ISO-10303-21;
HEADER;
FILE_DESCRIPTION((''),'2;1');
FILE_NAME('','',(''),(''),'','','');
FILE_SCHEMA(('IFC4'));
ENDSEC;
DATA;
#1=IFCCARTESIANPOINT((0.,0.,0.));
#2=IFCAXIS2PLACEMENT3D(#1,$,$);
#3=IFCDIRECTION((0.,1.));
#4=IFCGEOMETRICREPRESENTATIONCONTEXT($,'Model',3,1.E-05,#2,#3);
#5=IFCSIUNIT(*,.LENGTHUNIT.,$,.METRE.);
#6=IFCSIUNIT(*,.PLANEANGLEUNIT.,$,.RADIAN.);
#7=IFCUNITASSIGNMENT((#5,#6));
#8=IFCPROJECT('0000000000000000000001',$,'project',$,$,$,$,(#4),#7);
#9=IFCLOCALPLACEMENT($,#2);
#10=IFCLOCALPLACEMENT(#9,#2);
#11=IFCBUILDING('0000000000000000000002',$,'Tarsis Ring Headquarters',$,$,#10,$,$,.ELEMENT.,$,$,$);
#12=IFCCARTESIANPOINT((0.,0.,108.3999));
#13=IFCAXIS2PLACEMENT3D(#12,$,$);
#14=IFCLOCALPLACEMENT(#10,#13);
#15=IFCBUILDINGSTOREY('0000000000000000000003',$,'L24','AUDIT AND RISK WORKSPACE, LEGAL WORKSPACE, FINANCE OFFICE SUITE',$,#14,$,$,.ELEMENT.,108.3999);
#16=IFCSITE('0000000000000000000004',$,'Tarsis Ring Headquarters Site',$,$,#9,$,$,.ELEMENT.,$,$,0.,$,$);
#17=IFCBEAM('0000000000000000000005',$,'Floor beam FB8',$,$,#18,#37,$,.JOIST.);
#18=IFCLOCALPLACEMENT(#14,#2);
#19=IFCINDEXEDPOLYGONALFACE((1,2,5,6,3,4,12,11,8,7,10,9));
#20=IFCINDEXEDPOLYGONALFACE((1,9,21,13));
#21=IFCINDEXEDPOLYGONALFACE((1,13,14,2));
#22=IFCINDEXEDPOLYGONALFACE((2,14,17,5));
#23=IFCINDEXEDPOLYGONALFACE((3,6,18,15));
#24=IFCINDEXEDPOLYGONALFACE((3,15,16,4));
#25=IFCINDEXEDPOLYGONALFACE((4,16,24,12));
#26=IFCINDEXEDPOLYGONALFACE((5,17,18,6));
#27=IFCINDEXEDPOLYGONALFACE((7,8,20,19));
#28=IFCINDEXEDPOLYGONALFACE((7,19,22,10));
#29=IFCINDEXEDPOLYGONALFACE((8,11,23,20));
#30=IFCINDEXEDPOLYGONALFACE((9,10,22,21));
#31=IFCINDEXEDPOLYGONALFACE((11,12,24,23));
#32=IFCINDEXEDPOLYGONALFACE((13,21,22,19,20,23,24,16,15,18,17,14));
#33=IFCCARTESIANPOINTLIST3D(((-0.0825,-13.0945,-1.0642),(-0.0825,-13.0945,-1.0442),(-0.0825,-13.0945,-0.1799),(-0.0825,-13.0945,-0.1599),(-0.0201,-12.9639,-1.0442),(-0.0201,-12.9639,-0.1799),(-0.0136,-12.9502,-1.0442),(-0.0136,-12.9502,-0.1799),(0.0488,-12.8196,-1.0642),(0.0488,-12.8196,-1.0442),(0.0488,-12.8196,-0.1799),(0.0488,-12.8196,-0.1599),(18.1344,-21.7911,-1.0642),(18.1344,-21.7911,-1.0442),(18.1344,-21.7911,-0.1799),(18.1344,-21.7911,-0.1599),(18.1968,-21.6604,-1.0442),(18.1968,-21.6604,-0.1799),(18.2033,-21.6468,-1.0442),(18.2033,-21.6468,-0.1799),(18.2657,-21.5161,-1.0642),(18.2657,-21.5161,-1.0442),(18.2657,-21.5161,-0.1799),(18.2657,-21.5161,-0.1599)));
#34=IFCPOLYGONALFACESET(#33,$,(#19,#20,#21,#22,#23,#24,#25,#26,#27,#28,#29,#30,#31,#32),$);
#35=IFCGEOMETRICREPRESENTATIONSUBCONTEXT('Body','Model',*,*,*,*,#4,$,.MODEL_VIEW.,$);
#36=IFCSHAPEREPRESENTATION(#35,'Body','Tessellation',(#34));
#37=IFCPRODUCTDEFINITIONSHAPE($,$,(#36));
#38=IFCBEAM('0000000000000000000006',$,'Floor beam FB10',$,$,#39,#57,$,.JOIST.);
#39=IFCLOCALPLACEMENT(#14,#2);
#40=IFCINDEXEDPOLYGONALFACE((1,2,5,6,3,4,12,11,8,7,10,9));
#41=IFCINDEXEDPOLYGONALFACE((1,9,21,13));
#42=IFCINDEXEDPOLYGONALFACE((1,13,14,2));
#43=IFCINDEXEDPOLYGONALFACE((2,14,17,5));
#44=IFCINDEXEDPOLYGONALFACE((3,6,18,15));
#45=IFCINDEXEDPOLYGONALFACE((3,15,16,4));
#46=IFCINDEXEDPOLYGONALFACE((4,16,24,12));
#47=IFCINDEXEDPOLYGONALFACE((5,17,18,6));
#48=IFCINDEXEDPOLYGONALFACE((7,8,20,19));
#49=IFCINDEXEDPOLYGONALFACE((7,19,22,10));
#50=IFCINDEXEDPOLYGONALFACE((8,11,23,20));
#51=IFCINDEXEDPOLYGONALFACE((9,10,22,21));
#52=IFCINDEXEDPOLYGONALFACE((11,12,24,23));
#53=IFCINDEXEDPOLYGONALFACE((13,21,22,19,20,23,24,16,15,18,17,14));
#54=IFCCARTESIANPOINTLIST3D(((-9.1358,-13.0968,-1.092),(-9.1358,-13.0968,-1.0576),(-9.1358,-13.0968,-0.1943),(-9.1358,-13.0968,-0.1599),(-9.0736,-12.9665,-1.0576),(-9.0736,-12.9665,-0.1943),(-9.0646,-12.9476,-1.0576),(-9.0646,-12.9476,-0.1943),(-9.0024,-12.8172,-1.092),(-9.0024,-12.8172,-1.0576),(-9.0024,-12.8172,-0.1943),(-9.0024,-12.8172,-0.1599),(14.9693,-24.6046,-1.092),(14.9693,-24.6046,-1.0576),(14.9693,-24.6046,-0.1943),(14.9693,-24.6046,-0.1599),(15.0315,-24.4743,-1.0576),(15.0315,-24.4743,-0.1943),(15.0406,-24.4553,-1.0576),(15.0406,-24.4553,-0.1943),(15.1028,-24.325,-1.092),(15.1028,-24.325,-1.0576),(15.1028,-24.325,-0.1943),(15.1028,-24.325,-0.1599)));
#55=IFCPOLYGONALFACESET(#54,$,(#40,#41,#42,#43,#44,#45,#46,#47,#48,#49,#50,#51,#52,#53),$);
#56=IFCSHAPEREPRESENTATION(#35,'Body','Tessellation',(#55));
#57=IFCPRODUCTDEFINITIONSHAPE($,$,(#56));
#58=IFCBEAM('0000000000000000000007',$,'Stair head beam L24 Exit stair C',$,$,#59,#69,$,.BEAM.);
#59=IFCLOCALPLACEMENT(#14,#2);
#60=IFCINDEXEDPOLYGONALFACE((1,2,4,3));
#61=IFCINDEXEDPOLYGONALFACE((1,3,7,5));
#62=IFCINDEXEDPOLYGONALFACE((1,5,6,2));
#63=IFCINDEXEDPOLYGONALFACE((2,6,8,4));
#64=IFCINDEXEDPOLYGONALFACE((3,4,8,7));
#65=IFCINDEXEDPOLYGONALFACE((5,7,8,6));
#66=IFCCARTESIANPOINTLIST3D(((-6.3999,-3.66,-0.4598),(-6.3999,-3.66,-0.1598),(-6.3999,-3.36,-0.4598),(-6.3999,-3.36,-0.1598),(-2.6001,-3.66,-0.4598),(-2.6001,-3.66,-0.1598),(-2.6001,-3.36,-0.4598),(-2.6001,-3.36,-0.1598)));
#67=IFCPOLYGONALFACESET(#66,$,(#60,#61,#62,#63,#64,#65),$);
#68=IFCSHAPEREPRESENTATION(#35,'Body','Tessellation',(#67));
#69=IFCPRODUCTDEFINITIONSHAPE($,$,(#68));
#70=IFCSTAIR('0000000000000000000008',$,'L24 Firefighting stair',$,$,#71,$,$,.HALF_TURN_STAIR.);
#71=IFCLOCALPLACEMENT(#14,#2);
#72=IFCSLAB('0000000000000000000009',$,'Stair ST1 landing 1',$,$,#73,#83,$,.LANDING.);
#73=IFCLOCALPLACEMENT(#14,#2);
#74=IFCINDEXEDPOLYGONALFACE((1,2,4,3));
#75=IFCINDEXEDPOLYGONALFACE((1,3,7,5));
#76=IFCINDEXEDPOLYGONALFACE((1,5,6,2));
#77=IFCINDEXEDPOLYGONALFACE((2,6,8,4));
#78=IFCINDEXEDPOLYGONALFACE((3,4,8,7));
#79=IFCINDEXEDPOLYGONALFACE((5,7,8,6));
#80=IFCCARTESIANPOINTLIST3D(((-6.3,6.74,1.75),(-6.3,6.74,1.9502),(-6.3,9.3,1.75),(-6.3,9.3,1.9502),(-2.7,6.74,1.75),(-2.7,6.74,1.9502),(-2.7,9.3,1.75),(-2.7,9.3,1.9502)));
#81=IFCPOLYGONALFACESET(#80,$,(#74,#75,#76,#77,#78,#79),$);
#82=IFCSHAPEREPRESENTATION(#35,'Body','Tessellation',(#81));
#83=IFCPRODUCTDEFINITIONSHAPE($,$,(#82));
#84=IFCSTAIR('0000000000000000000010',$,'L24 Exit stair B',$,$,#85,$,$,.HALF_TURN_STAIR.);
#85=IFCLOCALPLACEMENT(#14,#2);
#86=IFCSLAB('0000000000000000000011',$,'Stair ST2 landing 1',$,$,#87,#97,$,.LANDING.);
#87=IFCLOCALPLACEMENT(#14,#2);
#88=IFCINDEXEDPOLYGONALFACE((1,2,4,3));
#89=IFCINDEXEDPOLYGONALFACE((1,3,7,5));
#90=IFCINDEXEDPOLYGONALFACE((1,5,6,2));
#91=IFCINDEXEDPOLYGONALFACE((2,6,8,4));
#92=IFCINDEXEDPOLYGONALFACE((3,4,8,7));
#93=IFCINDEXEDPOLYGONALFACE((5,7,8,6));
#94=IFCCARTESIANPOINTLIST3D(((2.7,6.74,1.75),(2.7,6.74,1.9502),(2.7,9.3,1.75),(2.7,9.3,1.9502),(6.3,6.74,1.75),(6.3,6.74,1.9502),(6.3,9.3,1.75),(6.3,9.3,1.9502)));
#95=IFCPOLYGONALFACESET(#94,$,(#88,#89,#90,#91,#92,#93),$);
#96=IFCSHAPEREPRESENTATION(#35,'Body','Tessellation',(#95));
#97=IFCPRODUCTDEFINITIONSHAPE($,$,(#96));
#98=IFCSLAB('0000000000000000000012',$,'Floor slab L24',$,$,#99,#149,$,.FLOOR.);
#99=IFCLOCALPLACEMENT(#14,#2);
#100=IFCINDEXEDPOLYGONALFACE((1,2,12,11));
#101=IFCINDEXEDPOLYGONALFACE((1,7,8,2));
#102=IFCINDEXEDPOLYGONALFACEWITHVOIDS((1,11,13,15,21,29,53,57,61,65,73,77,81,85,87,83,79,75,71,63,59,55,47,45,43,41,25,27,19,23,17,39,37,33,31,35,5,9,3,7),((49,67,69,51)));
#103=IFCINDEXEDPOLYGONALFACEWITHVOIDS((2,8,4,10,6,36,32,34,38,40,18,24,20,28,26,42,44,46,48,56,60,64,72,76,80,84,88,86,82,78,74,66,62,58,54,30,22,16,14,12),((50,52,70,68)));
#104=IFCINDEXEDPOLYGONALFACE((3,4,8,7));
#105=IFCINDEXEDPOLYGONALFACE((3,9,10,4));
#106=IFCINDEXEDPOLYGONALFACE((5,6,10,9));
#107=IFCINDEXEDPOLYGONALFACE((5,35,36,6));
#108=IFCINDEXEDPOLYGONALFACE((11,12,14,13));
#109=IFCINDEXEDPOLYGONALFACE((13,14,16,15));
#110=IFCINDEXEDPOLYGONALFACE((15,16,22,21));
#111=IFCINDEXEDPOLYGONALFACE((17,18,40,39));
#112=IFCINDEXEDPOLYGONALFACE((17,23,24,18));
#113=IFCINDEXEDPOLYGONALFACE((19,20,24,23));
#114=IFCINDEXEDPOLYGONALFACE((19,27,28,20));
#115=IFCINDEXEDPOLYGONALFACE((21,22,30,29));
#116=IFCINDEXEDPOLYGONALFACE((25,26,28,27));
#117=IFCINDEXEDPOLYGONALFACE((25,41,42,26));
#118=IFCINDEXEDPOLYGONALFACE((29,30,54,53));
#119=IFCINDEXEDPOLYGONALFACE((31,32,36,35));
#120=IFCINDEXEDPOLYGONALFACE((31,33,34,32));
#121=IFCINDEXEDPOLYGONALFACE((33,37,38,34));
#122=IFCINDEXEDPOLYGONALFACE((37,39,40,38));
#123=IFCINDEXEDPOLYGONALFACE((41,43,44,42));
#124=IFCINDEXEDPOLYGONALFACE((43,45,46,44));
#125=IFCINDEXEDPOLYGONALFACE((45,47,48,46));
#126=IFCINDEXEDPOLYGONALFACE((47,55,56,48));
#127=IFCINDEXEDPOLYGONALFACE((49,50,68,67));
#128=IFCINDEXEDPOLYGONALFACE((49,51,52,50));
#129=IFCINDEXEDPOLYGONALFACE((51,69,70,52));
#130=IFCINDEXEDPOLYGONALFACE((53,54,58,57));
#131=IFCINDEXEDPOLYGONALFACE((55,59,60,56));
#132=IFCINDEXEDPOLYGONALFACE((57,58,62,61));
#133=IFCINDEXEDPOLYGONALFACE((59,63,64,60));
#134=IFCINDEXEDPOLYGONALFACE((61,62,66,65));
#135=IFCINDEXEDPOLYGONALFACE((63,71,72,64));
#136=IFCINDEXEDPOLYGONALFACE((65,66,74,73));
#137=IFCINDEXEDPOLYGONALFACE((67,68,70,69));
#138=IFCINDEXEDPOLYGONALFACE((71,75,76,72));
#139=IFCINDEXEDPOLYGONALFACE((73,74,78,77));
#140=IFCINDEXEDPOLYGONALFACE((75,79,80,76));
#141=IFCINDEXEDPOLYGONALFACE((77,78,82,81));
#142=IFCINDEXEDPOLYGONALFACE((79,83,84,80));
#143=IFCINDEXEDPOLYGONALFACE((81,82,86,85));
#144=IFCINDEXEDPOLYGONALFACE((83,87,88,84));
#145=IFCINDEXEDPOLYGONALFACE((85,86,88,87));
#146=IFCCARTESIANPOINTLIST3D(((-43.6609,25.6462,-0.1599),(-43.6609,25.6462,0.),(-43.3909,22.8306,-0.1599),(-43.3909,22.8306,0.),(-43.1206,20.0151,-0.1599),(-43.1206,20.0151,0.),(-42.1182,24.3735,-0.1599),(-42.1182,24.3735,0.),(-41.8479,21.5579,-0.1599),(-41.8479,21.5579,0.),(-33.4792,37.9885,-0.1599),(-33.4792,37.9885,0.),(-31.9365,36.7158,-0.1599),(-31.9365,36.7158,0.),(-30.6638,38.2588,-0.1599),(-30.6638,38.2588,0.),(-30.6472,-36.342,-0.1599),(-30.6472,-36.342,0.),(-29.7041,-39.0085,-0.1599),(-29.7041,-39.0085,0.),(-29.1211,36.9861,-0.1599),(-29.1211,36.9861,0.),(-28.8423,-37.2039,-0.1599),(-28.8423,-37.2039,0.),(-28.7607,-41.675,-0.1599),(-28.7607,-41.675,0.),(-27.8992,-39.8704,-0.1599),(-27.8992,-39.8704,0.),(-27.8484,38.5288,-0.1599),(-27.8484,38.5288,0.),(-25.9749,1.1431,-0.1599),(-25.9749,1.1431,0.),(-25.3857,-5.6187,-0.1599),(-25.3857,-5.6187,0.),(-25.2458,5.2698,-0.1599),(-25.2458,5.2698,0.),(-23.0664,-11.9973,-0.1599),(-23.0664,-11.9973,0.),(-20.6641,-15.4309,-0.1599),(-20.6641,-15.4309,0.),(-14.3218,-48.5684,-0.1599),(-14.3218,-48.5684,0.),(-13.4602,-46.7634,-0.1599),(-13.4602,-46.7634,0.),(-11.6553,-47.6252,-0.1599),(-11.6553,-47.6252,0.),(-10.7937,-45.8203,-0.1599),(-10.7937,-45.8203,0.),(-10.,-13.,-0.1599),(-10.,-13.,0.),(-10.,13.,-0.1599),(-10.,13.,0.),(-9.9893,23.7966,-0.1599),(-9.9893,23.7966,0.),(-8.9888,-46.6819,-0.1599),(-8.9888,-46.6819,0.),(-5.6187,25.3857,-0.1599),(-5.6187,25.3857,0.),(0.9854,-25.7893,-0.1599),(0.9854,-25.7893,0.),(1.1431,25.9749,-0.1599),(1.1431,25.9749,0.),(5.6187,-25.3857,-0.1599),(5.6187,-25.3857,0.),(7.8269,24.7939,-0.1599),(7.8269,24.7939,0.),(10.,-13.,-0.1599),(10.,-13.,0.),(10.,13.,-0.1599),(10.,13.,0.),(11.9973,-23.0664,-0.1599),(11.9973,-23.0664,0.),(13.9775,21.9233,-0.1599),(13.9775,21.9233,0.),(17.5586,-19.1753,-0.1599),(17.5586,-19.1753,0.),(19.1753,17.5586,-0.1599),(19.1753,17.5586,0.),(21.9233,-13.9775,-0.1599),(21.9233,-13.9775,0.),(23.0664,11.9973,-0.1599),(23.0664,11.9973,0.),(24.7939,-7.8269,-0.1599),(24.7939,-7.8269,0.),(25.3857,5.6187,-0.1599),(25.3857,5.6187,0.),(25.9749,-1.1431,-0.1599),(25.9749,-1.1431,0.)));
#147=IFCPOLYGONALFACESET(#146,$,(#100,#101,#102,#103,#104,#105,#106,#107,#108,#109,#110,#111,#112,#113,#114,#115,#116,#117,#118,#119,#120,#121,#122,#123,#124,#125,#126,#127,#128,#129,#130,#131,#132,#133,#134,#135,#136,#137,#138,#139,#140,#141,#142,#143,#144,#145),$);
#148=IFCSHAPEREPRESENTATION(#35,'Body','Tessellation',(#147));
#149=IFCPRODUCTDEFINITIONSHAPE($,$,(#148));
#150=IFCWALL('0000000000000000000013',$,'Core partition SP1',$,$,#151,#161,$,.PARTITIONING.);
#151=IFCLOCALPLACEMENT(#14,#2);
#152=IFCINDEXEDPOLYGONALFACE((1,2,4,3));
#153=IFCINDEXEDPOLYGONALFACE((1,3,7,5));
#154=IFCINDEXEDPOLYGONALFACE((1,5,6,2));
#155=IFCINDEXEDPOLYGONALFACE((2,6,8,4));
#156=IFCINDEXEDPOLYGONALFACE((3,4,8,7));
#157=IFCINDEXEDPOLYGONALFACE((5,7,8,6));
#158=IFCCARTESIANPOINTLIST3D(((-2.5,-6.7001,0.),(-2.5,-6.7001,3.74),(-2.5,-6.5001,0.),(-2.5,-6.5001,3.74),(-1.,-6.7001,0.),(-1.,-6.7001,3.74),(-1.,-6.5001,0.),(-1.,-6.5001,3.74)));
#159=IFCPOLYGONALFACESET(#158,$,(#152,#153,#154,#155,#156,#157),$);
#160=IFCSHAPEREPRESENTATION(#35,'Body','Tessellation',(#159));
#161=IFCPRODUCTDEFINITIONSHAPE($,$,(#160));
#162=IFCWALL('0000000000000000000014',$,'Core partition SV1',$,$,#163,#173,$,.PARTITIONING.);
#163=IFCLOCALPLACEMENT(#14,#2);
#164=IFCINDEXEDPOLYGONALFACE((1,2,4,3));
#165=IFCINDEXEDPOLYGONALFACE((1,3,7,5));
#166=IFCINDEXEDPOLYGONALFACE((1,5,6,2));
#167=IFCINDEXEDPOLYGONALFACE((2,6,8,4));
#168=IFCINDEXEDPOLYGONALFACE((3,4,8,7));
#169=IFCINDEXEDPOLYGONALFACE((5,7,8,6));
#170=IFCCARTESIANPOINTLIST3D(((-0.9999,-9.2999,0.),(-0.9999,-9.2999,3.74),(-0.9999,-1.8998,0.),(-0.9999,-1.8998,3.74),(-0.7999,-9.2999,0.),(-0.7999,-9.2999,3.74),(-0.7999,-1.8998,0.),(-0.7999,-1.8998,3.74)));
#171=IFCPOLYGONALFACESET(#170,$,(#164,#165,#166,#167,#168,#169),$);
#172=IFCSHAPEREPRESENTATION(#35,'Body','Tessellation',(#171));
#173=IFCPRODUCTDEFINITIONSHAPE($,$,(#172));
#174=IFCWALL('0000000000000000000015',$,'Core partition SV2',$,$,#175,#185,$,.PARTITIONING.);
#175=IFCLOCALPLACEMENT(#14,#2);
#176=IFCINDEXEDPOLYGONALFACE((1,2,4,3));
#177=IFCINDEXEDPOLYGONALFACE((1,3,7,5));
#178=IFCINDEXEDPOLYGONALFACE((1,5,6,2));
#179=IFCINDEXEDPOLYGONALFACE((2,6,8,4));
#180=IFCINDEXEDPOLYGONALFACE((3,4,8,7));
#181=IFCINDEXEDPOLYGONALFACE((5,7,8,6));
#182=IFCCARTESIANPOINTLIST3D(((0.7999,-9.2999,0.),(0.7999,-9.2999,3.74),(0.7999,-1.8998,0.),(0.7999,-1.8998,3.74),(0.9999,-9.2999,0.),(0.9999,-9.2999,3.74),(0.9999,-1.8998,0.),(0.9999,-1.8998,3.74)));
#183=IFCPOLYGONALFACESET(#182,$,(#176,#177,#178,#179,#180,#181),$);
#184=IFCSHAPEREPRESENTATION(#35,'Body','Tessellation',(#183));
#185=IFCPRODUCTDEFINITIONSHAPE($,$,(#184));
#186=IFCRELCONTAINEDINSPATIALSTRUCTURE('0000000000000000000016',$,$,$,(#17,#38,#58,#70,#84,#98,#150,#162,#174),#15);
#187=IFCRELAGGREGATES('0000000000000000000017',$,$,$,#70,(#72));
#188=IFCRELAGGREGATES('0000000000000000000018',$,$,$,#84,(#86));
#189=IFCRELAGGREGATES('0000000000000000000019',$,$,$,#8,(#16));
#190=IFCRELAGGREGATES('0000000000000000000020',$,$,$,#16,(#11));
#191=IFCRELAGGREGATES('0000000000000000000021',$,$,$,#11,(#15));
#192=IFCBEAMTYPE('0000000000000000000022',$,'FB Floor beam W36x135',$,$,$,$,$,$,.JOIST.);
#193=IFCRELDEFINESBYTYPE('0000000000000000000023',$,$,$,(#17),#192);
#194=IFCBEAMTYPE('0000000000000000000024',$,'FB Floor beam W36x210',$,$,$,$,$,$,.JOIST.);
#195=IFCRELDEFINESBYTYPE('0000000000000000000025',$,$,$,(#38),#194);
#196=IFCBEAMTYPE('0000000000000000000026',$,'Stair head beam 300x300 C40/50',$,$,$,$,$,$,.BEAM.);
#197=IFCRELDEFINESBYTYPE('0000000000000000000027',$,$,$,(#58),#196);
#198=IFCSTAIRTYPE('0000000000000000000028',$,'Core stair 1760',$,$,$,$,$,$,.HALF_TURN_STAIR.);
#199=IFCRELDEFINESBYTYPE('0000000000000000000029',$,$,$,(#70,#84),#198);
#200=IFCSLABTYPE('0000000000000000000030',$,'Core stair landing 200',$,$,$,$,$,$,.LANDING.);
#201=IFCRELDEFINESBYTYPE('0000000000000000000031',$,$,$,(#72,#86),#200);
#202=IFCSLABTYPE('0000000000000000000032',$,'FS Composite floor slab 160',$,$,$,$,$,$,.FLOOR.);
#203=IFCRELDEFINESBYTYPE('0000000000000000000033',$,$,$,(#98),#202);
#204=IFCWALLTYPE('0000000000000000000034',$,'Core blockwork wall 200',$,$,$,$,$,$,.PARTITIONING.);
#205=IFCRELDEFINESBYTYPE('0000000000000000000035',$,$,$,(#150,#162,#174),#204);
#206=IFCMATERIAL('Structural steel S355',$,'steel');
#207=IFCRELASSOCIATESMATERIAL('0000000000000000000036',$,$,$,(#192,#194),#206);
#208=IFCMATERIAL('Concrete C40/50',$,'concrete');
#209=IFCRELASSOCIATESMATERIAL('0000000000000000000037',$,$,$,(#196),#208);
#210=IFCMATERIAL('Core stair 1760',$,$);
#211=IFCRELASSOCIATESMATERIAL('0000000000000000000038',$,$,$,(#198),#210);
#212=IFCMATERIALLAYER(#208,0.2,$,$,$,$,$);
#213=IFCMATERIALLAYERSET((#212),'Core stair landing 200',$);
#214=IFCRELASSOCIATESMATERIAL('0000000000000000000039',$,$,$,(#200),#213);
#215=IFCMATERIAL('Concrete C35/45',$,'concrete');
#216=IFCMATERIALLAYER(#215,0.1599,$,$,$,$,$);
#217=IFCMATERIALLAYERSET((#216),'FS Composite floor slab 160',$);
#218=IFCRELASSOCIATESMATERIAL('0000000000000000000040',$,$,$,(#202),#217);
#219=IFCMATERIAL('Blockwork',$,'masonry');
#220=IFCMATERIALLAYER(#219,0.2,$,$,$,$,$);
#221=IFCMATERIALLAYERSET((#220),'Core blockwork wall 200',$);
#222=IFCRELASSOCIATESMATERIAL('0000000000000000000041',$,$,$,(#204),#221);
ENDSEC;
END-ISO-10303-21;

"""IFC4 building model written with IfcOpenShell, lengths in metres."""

from ifc_helpers import new_model, si_unit, direction, frame, frame_2d, origin, origin_2d, place, context, subcontext, project, spatial, polyline, rectangle, i_section, outline, extrude, material, layer, layer_set, material_profile, profile_set, type_object, element, aggregate, save


model = new_model("IFC4")

# Units and contexts
model_context = context("Model", 3, precision=1e-05, world=origin(), true_north=direction((0.0, 1.0)))
body_context = subcontext(model_context, "Body", "Model", "MODEL_VIEW")
ifc_project = project(units=[si_unit("LENGTHUNIT", "METRE"), si_unit("PLANEANGLEUNIT", "RADIAN")], contexts=[model_context])

# Site, building, storey
site_placement = place(None, origin())
site = spatial("IfcSite", under=ifc_project, at=site_placement, Name="Tarsis Ring Headquarters Site", CompositionType="ELEMENT", RefElevation=0.0)
building_placement = place(site_placement, origin())
building = spatial("IfcBuilding", under=site, at=building_placement, Name="Tarsis Ring Headquarters", CompositionType="ELEMENT")
storey_placement = place(building_placement, frame((0.0, 0.0, 108.3999)))
storey = spatial("IfcBuildingStorey", under=building, at=storey_placement, Name="L24", Description="AUDIT AND RISK WORKSPACE, LEGAL WORKSPACE, FINANCE OFFICE SUITE", CompositionType="ELEMENT", Elevation=108.3999)

# Beams
ifc_material_1 = material(Name="Structural steel S355", Category="steel")
ifc_material_profile_1 = material_profile(ifc_material_1, i_section(OverallWidth=0.3047, OverallDepth=0.9043, WebThickness=0.0151, FlangeThickness=0.02, at=origin_2d()), Name="W36x135")
ifc_profile_set_1 = profile_set([ifc_material_profile_1], Name="Structural steel S355")
beam_type_1 = type_object("IfcBeamType", Name="FB Floor beam W36x135", PredefinedType="JOIST", material=ifc_profile_set_1)
beam_1_placement = place(storey_placement, frame((-0.0168, -12.957, -0.6121), z_axis=(0.90244, -0.430816, 0.0), x_axis=(0.430816, 0.90244, 0.0)))
element("IfcBeam", 1, at=beam_1_placement, inside=storey, type_object=beam_type_1, Name="Floor beam FB8", PredefinedType="JOIST", context=body_context, shape_type="SweptSolid", body=[
    extrude(i_section(OverallWidth=0.3047, OverallDepth=0.9043, WebThickness=0.0151, FlangeThickness=0.02, at=origin_2d()), origin(), (0.0, 0.0, 1.0), 20.1863),
])
ifc_material_profile_2 = material_profile(ifc_material_1, i_section(OverallWidth=0.3098, OverallDepth=0.9321, WebThickness=0.021, FlangeThickness=0.0344, at=origin_2d()), Name="W36x210")
ifc_profile_set_2 = profile_set([ifc_material_profile_2], Name="Structural steel S355")
beam_type_2 = type_object("IfcBeamType", Name="FB Floor beam W36x210", PredefinedType="JOIST", material=ifc_profile_set_2)
beam_2_placement = place(storey_placement, frame((-9.0691, -12.957, -0.626), z_axis=(0.902437, -0.430822, 0.0), x_axis=(0.430822, 0.902437, 0.0)))
element("IfcBeam", 2, at=beam_2_placement, inside=storey, type_object=beam_type_2, Name="Floor beam FB10", PredefinedType="JOIST", context=body_context, shape_type="SweptSolid", body=[
    extrude(i_section(OverallWidth=0.3098, OverallDepth=0.9321, WebThickness=0.021, FlangeThickness=0.0344, at=origin_2d()), origin(), (0.0, 0.0, 1.0), 26.7112),
])
ifc_material_2 = material(Name="Concrete C40/50", Category="concrete")
ifc_material_profile_3 = material_profile(ifc_material_2, rectangle(XDim=0.3, YDim=0.3, at=origin_2d()), Name="Stair head beam 300x300 C40/50")
ifc_profile_set_3 = profile_set([ifc_material_profile_3], Name="Concrete C40/50")
beam_type_3 = type_object("IfcBeamType", Name="Stair head beam 300x300 C40/50", PredefinedType="BEAM", material=ifc_profile_set_3)
beam_3_placement = place(storey_placement, frame((-6.3999, -3.51, -0.3098), z_axis=(1.0, 0.0, 0.0), x_axis=(0.0, 1.0, 0.0)))
element("IfcBeam", 3, at=beam_3_placement, inside=storey, type_object=beam_type_3, Name="Stair head beam L24 Exit stair C", PredefinedType="BEAM", context=body_context, shape_type="SweptSolid", body=[
    extrude(rectangle(XDim=0.3, YDim=0.3, at=origin_2d()), origin(), (0.0, 0.0, 1.0), 3.7998),
])

# Stairs, slabs
ifc_material_3 = material(Name="Core stair 1760")
stair_type = type_object("IfcStairType", Name="Core stair 1760", PredefinedType="HALF_TURN_STAIR", material=ifc_material_3)
stair_1_placement = place(storey_placement, origin())
stair_1 = element("IfcStair", 4, at=stair_1_placement, inside=storey, type_object=stair_type, Name="L24 Firefighting stair", PredefinedType="HALF_TURN_STAIR")
ifc_layer_1 = layer(ifc_material_2, 0.2)
ifc_layer_set_1 = layer_set([ifc_layer_1], Name="Core stair landing 200")
slab_type_1 = type_object("IfcSlabType", Name="Core stair landing 200", PredefinedType="LANDING", material=ifc_layer_set_1)
slab_1_placement = place(storey_placement, frame((0.0, 0.0, 1.75)))
slab_1 = element("IfcSlab", 5, at=slab_1_placement, type_object=slab_type_1, Name="Stair ST1 landing 1", PredefinedType="LANDING", context=body_context, shape_type="SweptSolid", body=[
    extrude(outline(polyline([(-2.7, 6.74), (-2.7, 9.3), (-6.3, 9.3), (-6.3, 6.74), (-2.7, 6.74)])), origin(), (0.0, 0.0, 1.0), 0.2002),
])
aggregate(stair_1, [slab_1])
stair_2_placement = place(storey_placement, origin())
stair_2 = element("IfcStair", 6, at=stair_2_placement, inside=storey, type_object=stair_type, Name="L24 Exit stair B", PredefinedType="HALF_TURN_STAIR")
slab_2_placement = place(storey_placement, frame((0.0, 0.0, 1.75)))
slab_2 = element("IfcSlab", 7, at=slab_2_placement, type_object=slab_type_1, Name="Stair ST2 landing 1", PredefinedType="LANDING", context=body_context, shape_type="SweptSolid", body=[
    extrude(outline(polyline([(6.3, 6.74), (6.3, 9.3), (2.7, 9.3), (2.7, 6.74), (6.3, 6.74)])), origin(), (0.0, 0.0, 1.0), 0.2002),
])
aggregate(stair_2, [slab_2])

# Slab
ifc_material_4 = material(Name="Concrete C35/45", Category="concrete")
ifc_layer_2 = layer(ifc_material_4, 0.1599)
ifc_layer_set_2 = layer_set([ifc_layer_2], Name="FS Composite floor slab 160")
slab_type_2 = type_object("IfcSlabType", Name="FS Composite floor slab 160", PredefinedType="FLOOR", material=ifc_layer_set_2)
slab_3_placement = place(storey_placement, frame((0.0, 0.0, -0.1599)))
element("IfcSlab", 8, at=slab_3_placement, inside=storey, type_object=slab_type_2, Name="Floor slab L24", PredefinedType="FLOOR", context=body_context, shape_type="SweptSolid", body=[
    extrude(outline(polyline([(-25.2458, 5.2698), (-25.9749, 1.1431), (-25.3857, -5.6187), (-23.0664, -11.9973), (-20.6641, -15.4309), (-30.6472, -36.342), (-28.8423, -37.2039), (-29.7041, -39.0085), (-27.8992, -39.8704), (-28.7607, -41.675), (-14.3218, -48.5684), (-13.4602, -46.7634), (-11.6553, -47.6252), (-10.7937, -45.8203), (-8.9888, -46.6819), (0.9854, -25.7893), (5.6187, -25.3857), (11.9973, -23.0664), (17.5586, -19.1753), (21.9233, -13.9775), (24.7939, -7.8269), (25.9749, -1.1431), (25.3857, 5.6187), (23.0664, 11.9973), (19.1753, 17.5586), (13.9775, 21.9233), (7.8269, 24.7939), (1.1431, 25.9749), (-5.6187, 25.3857), (-9.9893, 23.7966), (-27.8484, 38.5288), (-29.1211, 36.9861), (-30.6638, 38.2588), (-31.9365, 36.7158), (-33.4792, 37.9885), (-43.6609, 25.6462), (-42.1182, 24.3735), (-43.3909, 22.8306), (-41.8479, 21.5579), (-43.1206, 20.0151), (-25.2458, 5.2698)]), holes=[polyline([(-10.0, -13.0), (-10.0, 13.0), (10.0, 13.0), (10.0, -13.0), (-10.0, -13.0)])]), origin(), (0.0, 0.0, 1.0), 0.1599),
])

# Walls
ifc_material_5 = material(Name="Blockwork", Category="masonry")
ifc_layer_3 = layer(ifc_material_5, 0.2)
ifc_layer_set_3 = layer_set([ifc_layer_3], Name="Core blockwork wall 200")
wall_type_1 = type_object("IfcWallType", Name="Core blockwork wall 200", PredefinedType="PARTITIONING", material=ifc_layer_set_3)
wall_1_placement = place(storey_placement, frame((-2.5, -6.6001, 0.0), z_axis=(0.0, 0.0, 1.0), x_axis=(1.0, 0.0, 0.0)))
element("IfcWall", 9, at=wall_1_placement, inside=storey, type_object=wall_type_1, Name="Core partition SP1", PredefinedType="PARTITIONING", context=body_context, shape_type="SweptSolid", body=[
    extrude(rectangle(XDim=1.5, YDim=0.2, at=frame_2d((0.75, 0.0))), origin(), (0.0, 0.0, 1.0), 3.74),
])
for number, where, z_axis, x_axis, name in (
    (10, (-0.8999, -9.3, 0.0), (0.0, 0.0, 1.0), (0.0, 1.0, 0.0), "Core partition SV1"),
    (11, (0.8999, -9.3, 0.0), (0.0, 0.0, 1.0), (0.0, 1.0, 0.0), "Core partition SV2"),
):
    element("IfcWall", number, at=place(storey_placement, frame(where, z_axis=z_axis, x_axis=x_axis)), inside=storey, type_object=wall_type_1, Name=name, PredefinedType="PARTITIONING", context=body_context, shape_type="SweptSolid", body=[
        extrude(rectangle(XDim=7.4001, YDim=0.2, at=frame_2d((3.7002, 0.0))), origin(), (0.0, 0.0, 1.0), 3.74),
    ])

save(model, "model.ifc")
